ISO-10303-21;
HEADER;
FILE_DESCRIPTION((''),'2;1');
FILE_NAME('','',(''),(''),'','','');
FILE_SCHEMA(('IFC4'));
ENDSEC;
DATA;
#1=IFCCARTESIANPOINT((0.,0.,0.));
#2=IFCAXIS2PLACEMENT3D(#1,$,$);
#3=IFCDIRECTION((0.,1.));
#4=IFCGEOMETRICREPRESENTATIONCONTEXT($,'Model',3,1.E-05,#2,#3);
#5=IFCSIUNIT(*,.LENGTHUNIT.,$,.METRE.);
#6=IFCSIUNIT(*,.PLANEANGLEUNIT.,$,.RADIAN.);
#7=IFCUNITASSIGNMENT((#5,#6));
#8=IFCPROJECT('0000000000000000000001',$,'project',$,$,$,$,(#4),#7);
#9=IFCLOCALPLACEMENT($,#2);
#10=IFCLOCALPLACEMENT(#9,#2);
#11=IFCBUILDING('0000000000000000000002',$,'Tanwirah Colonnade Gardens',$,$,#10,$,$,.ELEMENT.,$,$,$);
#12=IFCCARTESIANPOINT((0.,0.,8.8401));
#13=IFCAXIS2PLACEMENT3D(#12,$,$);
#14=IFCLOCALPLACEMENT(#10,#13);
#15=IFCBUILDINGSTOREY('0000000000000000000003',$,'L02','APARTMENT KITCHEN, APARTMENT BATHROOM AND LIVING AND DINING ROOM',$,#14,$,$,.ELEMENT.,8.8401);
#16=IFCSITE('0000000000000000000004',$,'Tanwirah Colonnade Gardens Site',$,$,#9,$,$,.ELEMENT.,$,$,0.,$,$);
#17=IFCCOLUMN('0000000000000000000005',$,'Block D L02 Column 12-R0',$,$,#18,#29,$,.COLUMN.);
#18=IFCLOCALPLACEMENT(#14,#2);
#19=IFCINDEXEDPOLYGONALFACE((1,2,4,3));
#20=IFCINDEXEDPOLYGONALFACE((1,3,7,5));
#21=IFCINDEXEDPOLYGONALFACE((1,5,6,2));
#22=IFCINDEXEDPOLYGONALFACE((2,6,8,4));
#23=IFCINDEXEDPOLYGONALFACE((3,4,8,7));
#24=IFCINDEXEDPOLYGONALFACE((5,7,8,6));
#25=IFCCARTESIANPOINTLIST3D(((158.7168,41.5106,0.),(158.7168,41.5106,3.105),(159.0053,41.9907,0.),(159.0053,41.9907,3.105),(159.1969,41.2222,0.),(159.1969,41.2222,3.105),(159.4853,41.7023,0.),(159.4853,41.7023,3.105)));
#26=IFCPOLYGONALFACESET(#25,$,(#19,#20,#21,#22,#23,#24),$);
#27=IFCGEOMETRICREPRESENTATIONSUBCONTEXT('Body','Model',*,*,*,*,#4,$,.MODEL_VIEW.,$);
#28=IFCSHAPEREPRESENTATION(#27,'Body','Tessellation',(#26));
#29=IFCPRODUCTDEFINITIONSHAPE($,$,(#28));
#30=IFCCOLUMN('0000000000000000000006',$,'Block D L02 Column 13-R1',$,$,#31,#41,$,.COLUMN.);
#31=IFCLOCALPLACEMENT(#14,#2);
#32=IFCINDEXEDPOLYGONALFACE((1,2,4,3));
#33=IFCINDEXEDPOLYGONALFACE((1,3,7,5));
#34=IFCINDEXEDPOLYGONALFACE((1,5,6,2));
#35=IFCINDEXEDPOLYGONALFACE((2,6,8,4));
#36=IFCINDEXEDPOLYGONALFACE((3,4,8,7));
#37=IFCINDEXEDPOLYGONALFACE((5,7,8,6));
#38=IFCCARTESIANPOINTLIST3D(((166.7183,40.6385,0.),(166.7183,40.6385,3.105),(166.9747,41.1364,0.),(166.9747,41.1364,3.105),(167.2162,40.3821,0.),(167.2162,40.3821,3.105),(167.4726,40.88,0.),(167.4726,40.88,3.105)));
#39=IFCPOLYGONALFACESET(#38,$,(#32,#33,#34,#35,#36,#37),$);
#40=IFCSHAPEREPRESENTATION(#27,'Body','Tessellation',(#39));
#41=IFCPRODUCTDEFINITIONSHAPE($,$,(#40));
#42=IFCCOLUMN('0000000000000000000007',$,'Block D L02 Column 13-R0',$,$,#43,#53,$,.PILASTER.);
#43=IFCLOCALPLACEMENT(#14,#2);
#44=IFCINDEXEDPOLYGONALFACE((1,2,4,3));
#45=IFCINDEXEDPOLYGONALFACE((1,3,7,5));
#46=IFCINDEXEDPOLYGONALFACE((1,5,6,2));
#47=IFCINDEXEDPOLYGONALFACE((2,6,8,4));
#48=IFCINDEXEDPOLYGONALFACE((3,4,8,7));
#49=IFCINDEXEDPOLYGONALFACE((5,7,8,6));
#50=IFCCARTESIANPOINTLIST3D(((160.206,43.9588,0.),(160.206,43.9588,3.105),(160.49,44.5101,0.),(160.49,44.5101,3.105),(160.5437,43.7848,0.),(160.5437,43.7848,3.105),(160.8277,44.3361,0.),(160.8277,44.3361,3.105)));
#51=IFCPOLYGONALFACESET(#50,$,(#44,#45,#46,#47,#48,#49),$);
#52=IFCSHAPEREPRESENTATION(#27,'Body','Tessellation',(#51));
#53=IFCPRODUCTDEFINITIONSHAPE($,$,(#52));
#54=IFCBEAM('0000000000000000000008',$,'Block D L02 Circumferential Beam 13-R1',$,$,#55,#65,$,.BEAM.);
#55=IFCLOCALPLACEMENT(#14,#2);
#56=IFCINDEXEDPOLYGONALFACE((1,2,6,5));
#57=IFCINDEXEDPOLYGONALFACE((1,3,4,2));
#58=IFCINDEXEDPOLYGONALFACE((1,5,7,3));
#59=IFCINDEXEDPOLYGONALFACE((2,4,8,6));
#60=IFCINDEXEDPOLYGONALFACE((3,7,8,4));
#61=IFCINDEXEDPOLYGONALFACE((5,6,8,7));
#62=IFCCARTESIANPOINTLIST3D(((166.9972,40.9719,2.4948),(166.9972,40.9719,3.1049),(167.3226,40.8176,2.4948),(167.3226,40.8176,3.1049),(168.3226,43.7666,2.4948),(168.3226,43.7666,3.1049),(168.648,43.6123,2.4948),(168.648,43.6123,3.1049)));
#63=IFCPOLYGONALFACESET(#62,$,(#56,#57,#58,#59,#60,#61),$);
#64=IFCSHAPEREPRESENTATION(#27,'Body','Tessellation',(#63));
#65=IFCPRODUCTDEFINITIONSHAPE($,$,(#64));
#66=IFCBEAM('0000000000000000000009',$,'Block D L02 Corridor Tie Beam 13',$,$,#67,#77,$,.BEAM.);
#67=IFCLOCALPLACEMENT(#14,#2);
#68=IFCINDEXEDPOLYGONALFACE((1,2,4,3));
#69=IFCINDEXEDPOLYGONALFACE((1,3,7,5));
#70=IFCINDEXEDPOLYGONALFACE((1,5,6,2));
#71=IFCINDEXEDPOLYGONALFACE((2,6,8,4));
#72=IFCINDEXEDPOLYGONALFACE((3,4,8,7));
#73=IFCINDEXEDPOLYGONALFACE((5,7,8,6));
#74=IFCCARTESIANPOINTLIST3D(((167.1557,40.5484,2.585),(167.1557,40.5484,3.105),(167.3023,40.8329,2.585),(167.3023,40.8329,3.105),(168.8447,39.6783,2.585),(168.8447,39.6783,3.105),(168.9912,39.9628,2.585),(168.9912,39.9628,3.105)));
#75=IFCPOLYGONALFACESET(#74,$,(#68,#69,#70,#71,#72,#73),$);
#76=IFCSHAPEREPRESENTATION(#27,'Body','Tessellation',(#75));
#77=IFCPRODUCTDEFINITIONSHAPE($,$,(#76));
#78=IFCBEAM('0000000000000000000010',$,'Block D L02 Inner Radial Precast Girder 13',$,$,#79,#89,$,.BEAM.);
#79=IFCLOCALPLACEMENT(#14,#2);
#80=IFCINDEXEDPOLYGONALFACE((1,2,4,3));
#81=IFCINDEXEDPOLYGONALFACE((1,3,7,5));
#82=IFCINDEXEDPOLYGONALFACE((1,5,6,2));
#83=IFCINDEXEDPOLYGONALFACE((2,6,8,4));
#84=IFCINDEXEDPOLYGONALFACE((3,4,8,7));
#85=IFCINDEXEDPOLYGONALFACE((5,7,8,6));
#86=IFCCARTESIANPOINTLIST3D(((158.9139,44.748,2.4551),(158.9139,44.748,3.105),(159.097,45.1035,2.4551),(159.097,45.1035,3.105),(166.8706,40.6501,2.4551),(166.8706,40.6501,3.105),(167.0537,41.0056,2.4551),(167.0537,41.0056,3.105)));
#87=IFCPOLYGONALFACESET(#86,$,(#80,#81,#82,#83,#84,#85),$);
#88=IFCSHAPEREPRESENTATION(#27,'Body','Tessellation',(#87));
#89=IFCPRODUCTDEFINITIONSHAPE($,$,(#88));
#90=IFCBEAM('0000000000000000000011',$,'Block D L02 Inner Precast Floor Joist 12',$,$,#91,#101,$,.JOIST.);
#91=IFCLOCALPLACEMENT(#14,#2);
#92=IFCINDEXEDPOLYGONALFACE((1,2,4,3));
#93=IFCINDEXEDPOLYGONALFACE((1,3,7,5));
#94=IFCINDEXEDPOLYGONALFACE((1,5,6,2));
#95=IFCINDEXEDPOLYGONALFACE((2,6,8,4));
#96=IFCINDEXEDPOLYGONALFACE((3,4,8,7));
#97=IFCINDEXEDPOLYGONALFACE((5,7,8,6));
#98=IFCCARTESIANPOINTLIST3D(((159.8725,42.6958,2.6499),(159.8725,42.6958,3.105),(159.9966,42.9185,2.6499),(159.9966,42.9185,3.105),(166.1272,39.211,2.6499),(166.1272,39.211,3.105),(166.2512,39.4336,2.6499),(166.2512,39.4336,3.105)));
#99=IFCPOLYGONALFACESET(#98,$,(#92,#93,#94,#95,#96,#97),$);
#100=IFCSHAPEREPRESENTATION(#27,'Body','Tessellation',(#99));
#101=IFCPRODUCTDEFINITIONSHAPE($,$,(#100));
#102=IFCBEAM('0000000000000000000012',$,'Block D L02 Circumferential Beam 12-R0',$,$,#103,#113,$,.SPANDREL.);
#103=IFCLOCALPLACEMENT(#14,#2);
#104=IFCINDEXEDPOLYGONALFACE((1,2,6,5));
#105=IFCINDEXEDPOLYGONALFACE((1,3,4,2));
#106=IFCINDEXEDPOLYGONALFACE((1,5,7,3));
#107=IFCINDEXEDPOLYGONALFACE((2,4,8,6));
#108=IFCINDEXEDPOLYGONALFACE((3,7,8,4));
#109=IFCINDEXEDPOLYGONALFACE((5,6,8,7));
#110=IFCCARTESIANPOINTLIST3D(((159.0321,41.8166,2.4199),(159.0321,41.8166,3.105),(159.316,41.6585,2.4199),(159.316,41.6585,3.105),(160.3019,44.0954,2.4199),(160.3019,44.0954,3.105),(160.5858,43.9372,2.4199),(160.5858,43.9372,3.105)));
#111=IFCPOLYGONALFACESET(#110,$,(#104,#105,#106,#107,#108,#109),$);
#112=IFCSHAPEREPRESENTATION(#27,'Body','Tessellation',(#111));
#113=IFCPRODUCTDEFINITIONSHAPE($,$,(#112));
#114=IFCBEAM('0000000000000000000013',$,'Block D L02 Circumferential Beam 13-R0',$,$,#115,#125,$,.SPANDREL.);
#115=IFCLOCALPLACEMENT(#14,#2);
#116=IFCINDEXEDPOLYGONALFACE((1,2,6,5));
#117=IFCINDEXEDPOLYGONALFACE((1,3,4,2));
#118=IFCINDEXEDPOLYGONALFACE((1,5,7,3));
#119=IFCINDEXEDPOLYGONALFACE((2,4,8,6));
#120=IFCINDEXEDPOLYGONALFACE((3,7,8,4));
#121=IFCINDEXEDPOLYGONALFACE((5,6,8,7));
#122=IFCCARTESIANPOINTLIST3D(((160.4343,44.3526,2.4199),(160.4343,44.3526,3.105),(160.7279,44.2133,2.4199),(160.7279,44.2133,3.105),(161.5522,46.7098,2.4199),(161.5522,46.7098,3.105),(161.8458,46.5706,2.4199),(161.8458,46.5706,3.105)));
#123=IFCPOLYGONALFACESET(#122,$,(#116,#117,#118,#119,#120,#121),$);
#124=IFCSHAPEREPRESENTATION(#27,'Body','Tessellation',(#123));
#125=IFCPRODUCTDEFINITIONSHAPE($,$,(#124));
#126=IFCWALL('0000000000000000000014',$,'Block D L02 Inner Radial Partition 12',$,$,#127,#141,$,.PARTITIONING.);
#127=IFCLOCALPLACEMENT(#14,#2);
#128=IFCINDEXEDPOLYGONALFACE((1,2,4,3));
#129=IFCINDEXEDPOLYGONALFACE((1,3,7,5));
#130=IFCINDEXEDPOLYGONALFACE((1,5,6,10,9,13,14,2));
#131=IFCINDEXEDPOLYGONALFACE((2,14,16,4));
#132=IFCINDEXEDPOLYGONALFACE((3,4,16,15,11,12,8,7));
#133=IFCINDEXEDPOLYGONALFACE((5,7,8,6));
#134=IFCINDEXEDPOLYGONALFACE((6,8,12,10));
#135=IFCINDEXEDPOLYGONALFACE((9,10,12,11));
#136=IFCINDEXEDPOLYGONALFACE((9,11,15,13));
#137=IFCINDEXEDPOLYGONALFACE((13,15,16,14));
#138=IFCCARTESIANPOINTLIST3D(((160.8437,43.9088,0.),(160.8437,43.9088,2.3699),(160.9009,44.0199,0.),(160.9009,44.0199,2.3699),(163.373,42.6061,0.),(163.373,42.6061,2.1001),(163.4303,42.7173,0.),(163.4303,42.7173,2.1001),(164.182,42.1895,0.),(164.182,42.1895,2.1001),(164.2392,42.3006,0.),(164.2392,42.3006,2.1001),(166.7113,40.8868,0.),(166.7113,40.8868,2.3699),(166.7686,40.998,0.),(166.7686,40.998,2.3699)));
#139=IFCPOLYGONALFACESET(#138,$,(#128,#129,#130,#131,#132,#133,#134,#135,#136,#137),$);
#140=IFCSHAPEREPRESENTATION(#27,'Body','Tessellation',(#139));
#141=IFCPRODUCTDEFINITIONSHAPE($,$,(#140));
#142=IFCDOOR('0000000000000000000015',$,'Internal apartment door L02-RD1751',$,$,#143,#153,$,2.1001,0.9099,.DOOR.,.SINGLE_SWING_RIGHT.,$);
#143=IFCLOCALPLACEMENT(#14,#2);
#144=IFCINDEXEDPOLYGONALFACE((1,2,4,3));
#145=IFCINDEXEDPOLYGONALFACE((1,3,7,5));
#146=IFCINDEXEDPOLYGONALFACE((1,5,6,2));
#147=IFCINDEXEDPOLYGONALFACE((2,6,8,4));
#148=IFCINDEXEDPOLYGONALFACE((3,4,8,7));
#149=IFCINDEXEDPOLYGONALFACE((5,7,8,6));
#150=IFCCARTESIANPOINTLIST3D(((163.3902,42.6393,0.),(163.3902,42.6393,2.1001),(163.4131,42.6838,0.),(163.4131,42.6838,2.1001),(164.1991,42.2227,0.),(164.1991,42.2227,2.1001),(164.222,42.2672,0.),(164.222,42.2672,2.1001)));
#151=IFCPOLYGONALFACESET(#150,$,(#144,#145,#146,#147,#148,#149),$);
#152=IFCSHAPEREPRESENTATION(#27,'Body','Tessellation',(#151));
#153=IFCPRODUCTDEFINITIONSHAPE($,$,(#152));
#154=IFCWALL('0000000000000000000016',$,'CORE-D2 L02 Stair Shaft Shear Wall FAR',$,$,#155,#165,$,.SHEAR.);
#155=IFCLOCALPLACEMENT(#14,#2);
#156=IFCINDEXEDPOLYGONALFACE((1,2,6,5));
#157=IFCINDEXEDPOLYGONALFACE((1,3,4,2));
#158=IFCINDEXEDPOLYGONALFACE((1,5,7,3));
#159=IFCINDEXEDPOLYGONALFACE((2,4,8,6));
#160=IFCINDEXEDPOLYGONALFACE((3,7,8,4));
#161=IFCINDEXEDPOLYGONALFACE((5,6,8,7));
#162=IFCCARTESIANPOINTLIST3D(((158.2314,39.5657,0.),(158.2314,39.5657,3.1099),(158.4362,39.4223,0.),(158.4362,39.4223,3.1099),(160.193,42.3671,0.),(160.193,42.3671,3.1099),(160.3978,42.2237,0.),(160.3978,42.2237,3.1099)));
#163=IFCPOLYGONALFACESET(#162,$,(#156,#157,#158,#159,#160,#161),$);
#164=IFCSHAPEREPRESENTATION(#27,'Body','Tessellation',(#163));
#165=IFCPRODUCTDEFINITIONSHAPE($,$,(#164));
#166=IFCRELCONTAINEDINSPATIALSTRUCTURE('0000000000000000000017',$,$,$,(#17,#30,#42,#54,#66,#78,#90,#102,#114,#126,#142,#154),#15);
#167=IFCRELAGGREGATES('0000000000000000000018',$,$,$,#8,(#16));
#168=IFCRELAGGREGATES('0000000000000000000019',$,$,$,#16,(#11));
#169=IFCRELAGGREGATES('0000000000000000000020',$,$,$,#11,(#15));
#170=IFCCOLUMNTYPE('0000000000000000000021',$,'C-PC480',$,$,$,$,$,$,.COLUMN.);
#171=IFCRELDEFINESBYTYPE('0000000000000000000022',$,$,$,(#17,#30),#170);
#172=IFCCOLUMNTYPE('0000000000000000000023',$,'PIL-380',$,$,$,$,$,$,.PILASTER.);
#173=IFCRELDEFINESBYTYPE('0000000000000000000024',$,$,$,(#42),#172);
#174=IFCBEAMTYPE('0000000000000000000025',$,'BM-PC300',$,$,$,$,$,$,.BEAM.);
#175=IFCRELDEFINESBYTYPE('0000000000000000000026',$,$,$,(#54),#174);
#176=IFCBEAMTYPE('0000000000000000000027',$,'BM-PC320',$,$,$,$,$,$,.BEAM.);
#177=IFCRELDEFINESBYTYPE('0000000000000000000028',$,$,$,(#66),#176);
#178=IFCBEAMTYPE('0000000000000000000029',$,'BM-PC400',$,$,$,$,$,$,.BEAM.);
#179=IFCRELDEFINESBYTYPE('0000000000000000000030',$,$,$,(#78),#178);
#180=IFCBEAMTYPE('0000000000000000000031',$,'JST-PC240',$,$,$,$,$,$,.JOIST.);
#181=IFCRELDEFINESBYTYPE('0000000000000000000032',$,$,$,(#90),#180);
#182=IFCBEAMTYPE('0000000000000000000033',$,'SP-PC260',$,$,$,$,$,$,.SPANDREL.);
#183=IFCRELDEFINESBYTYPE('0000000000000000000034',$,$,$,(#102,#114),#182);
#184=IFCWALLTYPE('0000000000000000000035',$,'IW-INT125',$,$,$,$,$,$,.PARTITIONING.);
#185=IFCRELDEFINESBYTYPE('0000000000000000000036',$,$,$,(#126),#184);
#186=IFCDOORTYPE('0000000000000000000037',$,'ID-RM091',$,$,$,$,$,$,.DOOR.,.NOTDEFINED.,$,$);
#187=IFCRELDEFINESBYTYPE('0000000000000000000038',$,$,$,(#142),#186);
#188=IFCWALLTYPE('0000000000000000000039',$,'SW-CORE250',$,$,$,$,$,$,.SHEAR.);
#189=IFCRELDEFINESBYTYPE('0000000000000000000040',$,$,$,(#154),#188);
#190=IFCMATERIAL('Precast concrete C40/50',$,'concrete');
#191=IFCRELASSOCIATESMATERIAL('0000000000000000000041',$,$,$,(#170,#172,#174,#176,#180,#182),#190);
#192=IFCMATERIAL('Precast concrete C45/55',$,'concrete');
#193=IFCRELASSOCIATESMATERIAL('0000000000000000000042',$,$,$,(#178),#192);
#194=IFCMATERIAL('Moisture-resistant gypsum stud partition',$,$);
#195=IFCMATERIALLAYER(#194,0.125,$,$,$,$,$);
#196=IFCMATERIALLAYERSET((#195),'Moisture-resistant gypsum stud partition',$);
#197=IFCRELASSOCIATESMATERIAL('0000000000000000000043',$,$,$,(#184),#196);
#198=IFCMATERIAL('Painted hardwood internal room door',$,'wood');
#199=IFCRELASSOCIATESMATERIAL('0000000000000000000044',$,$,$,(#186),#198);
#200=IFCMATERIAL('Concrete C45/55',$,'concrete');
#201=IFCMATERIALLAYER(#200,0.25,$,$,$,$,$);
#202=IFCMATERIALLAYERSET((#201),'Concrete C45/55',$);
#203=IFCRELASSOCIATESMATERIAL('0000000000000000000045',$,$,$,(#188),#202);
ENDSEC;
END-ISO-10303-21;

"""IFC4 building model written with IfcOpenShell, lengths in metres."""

from ifc_helpers import new_model, si_unit, direction, frame, frame_2d, origin, origin_2d, place, context, subcontext, project, spatial, rectangle, extrude, material, layer, layer_set, material_profile, profile_set, type_object, element, fill, save


model = new_model("IFC4")

# Units and contexts
model_context = context("Model", 3, precision=1e-05, world=origin(), true_north=direction((0.0, 1.0)))
body_context = subcontext(model_context, "Body", "Model", "MODEL_VIEW")
ifc_project = project(units=[si_unit("LENGTHUNIT", "METRE"), si_unit("PLANEANGLEUNIT", "RADIAN")], contexts=[model_context])

# Site, building, storey
site_placement = place(None, origin())
site = spatial("IfcSite", under=ifc_project, at=site_placement, Name="Tanwirah Colonnade Gardens Site", CompositionType="ELEMENT", RefElevation=0.0)
building_placement = place(site_placement, origin())
building = spatial("IfcBuilding", under=site, at=building_placement, Name="Tanwirah Colonnade Gardens", CompositionType="ELEMENT")
storey_placement = place(building_placement, frame((0.0, 0.0, 8.8401)))
storey = spatial("IfcBuildingStorey", under=building, at=storey_placement, Name="L02", Description="APARTMENT KITCHEN, APARTMENT BATHROOM AND LIVING AND DINING ROOM", CompositionType="ELEMENT", Elevation=8.8401)

# Columns
ifc_material_1 = material(Name="Precast concrete C40/50", Category="concrete")
ifc_material_profile_1 = material_profile(ifc_material_1, rectangle(XDim=0.5601, YDim=0.5601, at=origin_2d()), Name="PC-COL 560x560")
ifc_profile_set_1 = profile_set([ifc_material_profile_1], Name="Precast concrete C40/50")
column_type_1 = type_object("IfcColumnType", Name="C-PC480", PredefinedType="COLUMN", material=ifc_profile_set_1)
for number, where, z_axis, x_axis, name in (
    (1, (159.1011, 41.6064, 0.0), (0.0, 0.0, 1.0), (0.857167, -0.515038, 0.0), "Block D L02 Column 12-R0"),
    (2, (167.0955, 40.7593, 0.0), (0.0, 0.0, 1.0), (0.889017, -0.457874, 0.0), "Block D L02 Column 13-R1"),
):
    element("IfcColumn", number, at=place(storey_placement, frame(where, z_axis=z_axis, x_axis=x_axis)), inside=storey, type_object=column_type_1, Name=name, PredefinedType="COLUMN", context=body_context, shape_type="SweptSolid", body=[
        extrude(rectangle(XDim=0.5601, YDim=0.5601, at=origin_2d()), origin(), (0.0, 0.0, 1.0), 3.105),
    ])
ifc_material_profile_2 = material_profile(ifc_material_1, rectangle(XDim=0.3799, YDim=0.6201, at=origin_2d()), Name="PC-PIL 380x620")
ifc_profile_set_2 = profile_set([ifc_material_profile_2], Name="Precast concrete C40/50")
column_type_2 = type_object("IfcColumnType", Name="PIL-380", PredefinedType="PILASTER", material=ifc_profile_set_2)
column_placement = place(storey_placement, frame((160.5168, 44.1475, 0.0), z_axis=(0.0, 0.0, 1.0), x_axis=(0.889017, -0.457874, 0.0)))
element("IfcColumn", 3, at=column_placement, inside=storey, type_object=column_type_2, Name="Block D L02 Column 13-R0", PredefinedType="PILASTER", context=body_context, shape_type="SweptSolid", body=[
    extrude(rectangle(XDim=0.3799, YDim=0.6201, at=origin_2d()), origin(), (0.0, 0.0, 1.0), 3.105),
])

# Beams
ifc_material_profile_3 = material_profile(ifc_material_1, rectangle(XDim=0.3601, YDim=0.6101, at=origin_2d()), Name="PC-BM 360x610")
ifc_profile_set_3 = profile_set([ifc_material_profile_3], Name="Precast concrete C40/50")
beam_type_1 = type_object("IfcBeamType", Name="BM-PC300", PredefinedType="BEAM", material=ifc_profile_set_3)
beam_1_placement = place(storey_placement, frame((167.1599, 40.8948, 2.7998), z_axis=(0.428521, 0.903532, 0.0), x_axis=(-0.903532, 0.428521, 0.0)))
element("IfcBeam", 4, at=beam_1_placement, inside=storey, type_object=beam_type_1, Name="Block D L02 Circumferential Beam 13-R1", PredefinedType="BEAM", context=body_context, shape_type="SweptSolid", body=[
    extrude(rectangle(XDim=0.3601, YDim=0.6101, at=origin_2d()), origin(), (0.0, 0.0, 1.0), 3.093),
])
ifc_material_profile_4 = material_profile(ifc_material_1, rectangle(XDim=0.3201, YDim=0.52, at=origin_2d()), Name="PC-BM 320x520")
ifc_profile_set_4 = profile_set([ifc_material_profile_4], Name="Precast concrete C40/50")
beam_type_2 = type_object("IfcBeamType", Name="BM-PC320", PredefinedType="BEAM", material=ifc_profile_set_4)
beam_2_placement = place(storey_placement, frame((167.229, 40.6907, 2.845), z_axis=(0.888965, -0.457975, 0.0), x_axis=(0.457975, 0.888965, 0.0)))
element("IfcBeam", 5, at=beam_2_placement, inside=storey, type_object=beam_type_2, Name="Block D L02 Corridor Tie Beam 13", PredefinedType="BEAM", context=body_context, shape_type="SweptSolid", body=[
    extrude(rectangle(XDim=0.3201, YDim=0.52, at=origin_2d()), origin(), (0.0, 0.0, 1.0), 1.8999),
])
ifc_material_2 = material(Name="Precast concrete C45/55", Category="concrete")
ifc_material_profile_5 = material_profile(ifc_material_2, rectangle(XDim=0.3999, YDim=0.6499, at=origin_2d()), Name="PC-BM 400x650")
ifc_profile_set_5 = profile_set([ifc_material_profile_5], Name="Precast concrete C45/55")
beam_type_3 = type_object("IfcBeamType", Name="BM-PC400", PredefinedType="BEAM", material=ifc_profile_set_5)
beam_3_placement = place(storey_placement, frame((166.9622, 40.8279, 2.78), z_axis=(-0.889022, 0.457864, 0.0), x_axis=(-0.457864, -0.889022, 0.0)))
element("IfcBeam", 6, at=beam_3_placement, inside=storey, type_object=beam_type_3, Name="Block D L02 Inner Radial Precast Girder 13", PredefinedType="BEAM", context=body_context, shape_type="SweptSolid", body=[
    extrude(rectangle(XDim=0.3999, YDim=0.6499, at=origin_2d()), origin(), (0.0, 0.0, 1.0), 8.95),
])
ifc_material_profile_6 = material_profile(ifc_material_1, rectangle(XDim=0.2549, YDim=0.4551, at=origin_2d()), Name="PC-JST 255x455")
ifc_profile_set_6 = profile_set([ifc_material_profile_6], Name="Precast concrete C40/50")
beam_type_4 = type_object("IfcBeamType", Name="JST-PC240", PredefinedType="JOIST", material=ifc_profile_set_6)
beam_4_placement = place(storey_placement, frame((159.9346, 42.8071, 2.8774), z_axis=(0.87356, -0.486717, 0.0), x_axis=(0.486717, 0.87356, 0.0)))
element("IfcBeam", 7, at=beam_4_placement, inside=storey, type_object=beam_type_4, Name="Block D L02 Inner Precast Floor Joist 12", PredefinedType="JOIST", context=body_context, shape_type="SweptSolid", body=[
    extrude(rectangle(XDim=0.2549, YDim=0.4551, at=origin_2d()), origin(), (0.0, 0.0, 1.0), 7.1599),
])
ifc_material_profile_7 = material_profile(ifc_material_1, rectangle(XDim=0.325, YDim=0.6851, at=origin_2d()), Name="PC-SP 325x685")
ifc_profile_set_7 = profile_set([ifc_material_profile_7], Name="Precast concrete C40/50")
beam_type_5 = type_object("IfcBeamType", Name="SP-PC260", PredefinedType="SPANDREL", material=ifc_profile_set_7)
beam_5_placement = place(storey_placement, frame((159.1741, 41.7375, 2.7625), z_axis=(0.486747, 0.873543, 0.0), x_axis=(-0.873543, 0.486747, 0.0)))
element("IfcBeam", 8, at=beam_5_placement, inside=storey, type_object=beam_type_5, Name="Block D L02 Circumferential Beam 12-R0", PredefinedType="SPANDREL", context=body_context, shape_type="SweptSolid", body=[
    extrude(rectangle(XDim=0.325, YDim=0.6851, at=origin_2d()), origin(), (0.0, 0.0, 1.0), 2.6086),
])
beam_6_placement = place(storey_placement, frame((160.5811, 44.283, 2.7625), z_axis=(0.428513, 0.903536, 0.0), x_axis=(-0.903536, 0.428513, 0.0)))
element("IfcBeam", 9, at=beam_6_placement, inside=storey, type_object=beam_type_5, Name="Block D L02 Circumferential Beam 13-R0", PredefinedType="SPANDREL", context=body_context, shape_type="SweptSolid", body=[
    extrude(rectangle(XDim=0.325, YDim=0.6851, at=origin_2d()), origin(), (0.0, 0.0, 1.0), 2.6089),
])

# Wall, opening, door
ifc_material_3 = material(Name="Moisture-resistant gypsum stud partition")
ifc_layer_1 = layer(ifc_material_3, 0.125)
ifc_layer_set_1 = layer_set([ifc_layer_1], Name="Moisture-resistant gypsum stud partition")
wall_type_1 = type_object("IfcWallType", Name="IW-INT125", PredefinedType="PARTITIONING", material=ifc_layer_set_1)
wall_1_placement = place(storey_placement, frame((160.8723, 43.9644, 0.0), z_axis=(0.0, 0.0, 1.0), x_axis=(0.889022, -0.457864, 0.0)))
wall_1 = element("IfcWall", 10, at=wall_1_placement, inside=storey, type_object=wall_type_1, Name="Block D L02 Inner Radial Partition 12", PredefinedType="PARTITIONING", context=body_context, shape_type="SweptSolid", body=[
    extrude(rectangle(XDim=6.6001, YDim=0.125, at=frame_2d((3.3, 0.0))), origin(), (0.0, 0.0, 1.0), 2.3699),
])
opening_placement = place(wall_1_placement, frame((2.845, 0.0, 0.0)))
opening = element("IfcOpeningElement", 11, at=opening_placement, cuts=wall_1, PredefinedType="OPENING", context=body_context, shape_type="SweptSolid", body=[
    extrude(rectangle(XDim=0.9099, YDim=2.1001, at=frame_2d((0.4551, 1.05))), frame((0.0, 0.0725, 0.0), z_axis=(0.0, -1.0, 0.0), x_axis=(1.0, 0.0, 0.0)), (0.0, 0.0, 1.0), 0.145),
])
ifc_material_4 = material(Name="Painted hardwood internal room door", Category="wood")
door_type = type_object("IfcDoorType", Name="ID-RM091", OperationType="NOTDEFINED", PredefinedType="DOOR", material=ifc_material_4)
door_placement = place(opening_placement, origin())
door = element("IfcDoor", 12, at=door_placement, inside=storey, type_object=door_type, Name="Internal apartment door L02-RD1751", OperationType="SINGLE_SWING_RIGHT", OverallHeight=2.1001, OverallWidth=0.9099, PredefinedType="DOOR", context=body_context, shape_type="SweptSolid", body=[
    extrude(rectangle(XDim=0.9099, YDim=2.1001, at=frame_2d((0.4551, 1.05))), frame((0.0, 0.0249, 0.0), z_axis=(0.0, -1.0, 0.0), x_axis=(1.0, 0.0, 0.0)), (0.0, 0.0, 1.0), 0.05),
])
fill(opening, door)

# Wall
ifc_material_5 = material(Name="Concrete C45/55", Category="concrete")
ifc_layer_2 = layer(ifc_material_5, 0.25)
ifc_layer_set_2 = layer_set([ifc_layer_2], Name="Concrete C45/55")
wall_type_2 = type_object("IfcWallType", Name="SW-CORE250", PredefinedType="SHEAR", material=ifc_layer_set_2)
wall_2_placement = place(storey_placement, frame((160.2954, 42.2954, 0.0), z_axis=(0.0, 0.0, 1.0), x_axis=(-0.573582, -0.819148, 0.0)))
element("IfcWall", 13, at=wall_2_placement, inside=storey, type_object=wall_type_2, Name="CORE-D2 L02 Stair Shaft Shear Wall FAR", PredefinedType="SHEAR", context=body_context, shape_type="SweptSolid", body=[
    extrude(rectangle(XDim=3.4199, YDim=0.25, at=frame_2d((1.71, 0.0))), origin(), (0.0, 0.0, 1.0), 3.1099),
])

save(model, "model.ifc")
